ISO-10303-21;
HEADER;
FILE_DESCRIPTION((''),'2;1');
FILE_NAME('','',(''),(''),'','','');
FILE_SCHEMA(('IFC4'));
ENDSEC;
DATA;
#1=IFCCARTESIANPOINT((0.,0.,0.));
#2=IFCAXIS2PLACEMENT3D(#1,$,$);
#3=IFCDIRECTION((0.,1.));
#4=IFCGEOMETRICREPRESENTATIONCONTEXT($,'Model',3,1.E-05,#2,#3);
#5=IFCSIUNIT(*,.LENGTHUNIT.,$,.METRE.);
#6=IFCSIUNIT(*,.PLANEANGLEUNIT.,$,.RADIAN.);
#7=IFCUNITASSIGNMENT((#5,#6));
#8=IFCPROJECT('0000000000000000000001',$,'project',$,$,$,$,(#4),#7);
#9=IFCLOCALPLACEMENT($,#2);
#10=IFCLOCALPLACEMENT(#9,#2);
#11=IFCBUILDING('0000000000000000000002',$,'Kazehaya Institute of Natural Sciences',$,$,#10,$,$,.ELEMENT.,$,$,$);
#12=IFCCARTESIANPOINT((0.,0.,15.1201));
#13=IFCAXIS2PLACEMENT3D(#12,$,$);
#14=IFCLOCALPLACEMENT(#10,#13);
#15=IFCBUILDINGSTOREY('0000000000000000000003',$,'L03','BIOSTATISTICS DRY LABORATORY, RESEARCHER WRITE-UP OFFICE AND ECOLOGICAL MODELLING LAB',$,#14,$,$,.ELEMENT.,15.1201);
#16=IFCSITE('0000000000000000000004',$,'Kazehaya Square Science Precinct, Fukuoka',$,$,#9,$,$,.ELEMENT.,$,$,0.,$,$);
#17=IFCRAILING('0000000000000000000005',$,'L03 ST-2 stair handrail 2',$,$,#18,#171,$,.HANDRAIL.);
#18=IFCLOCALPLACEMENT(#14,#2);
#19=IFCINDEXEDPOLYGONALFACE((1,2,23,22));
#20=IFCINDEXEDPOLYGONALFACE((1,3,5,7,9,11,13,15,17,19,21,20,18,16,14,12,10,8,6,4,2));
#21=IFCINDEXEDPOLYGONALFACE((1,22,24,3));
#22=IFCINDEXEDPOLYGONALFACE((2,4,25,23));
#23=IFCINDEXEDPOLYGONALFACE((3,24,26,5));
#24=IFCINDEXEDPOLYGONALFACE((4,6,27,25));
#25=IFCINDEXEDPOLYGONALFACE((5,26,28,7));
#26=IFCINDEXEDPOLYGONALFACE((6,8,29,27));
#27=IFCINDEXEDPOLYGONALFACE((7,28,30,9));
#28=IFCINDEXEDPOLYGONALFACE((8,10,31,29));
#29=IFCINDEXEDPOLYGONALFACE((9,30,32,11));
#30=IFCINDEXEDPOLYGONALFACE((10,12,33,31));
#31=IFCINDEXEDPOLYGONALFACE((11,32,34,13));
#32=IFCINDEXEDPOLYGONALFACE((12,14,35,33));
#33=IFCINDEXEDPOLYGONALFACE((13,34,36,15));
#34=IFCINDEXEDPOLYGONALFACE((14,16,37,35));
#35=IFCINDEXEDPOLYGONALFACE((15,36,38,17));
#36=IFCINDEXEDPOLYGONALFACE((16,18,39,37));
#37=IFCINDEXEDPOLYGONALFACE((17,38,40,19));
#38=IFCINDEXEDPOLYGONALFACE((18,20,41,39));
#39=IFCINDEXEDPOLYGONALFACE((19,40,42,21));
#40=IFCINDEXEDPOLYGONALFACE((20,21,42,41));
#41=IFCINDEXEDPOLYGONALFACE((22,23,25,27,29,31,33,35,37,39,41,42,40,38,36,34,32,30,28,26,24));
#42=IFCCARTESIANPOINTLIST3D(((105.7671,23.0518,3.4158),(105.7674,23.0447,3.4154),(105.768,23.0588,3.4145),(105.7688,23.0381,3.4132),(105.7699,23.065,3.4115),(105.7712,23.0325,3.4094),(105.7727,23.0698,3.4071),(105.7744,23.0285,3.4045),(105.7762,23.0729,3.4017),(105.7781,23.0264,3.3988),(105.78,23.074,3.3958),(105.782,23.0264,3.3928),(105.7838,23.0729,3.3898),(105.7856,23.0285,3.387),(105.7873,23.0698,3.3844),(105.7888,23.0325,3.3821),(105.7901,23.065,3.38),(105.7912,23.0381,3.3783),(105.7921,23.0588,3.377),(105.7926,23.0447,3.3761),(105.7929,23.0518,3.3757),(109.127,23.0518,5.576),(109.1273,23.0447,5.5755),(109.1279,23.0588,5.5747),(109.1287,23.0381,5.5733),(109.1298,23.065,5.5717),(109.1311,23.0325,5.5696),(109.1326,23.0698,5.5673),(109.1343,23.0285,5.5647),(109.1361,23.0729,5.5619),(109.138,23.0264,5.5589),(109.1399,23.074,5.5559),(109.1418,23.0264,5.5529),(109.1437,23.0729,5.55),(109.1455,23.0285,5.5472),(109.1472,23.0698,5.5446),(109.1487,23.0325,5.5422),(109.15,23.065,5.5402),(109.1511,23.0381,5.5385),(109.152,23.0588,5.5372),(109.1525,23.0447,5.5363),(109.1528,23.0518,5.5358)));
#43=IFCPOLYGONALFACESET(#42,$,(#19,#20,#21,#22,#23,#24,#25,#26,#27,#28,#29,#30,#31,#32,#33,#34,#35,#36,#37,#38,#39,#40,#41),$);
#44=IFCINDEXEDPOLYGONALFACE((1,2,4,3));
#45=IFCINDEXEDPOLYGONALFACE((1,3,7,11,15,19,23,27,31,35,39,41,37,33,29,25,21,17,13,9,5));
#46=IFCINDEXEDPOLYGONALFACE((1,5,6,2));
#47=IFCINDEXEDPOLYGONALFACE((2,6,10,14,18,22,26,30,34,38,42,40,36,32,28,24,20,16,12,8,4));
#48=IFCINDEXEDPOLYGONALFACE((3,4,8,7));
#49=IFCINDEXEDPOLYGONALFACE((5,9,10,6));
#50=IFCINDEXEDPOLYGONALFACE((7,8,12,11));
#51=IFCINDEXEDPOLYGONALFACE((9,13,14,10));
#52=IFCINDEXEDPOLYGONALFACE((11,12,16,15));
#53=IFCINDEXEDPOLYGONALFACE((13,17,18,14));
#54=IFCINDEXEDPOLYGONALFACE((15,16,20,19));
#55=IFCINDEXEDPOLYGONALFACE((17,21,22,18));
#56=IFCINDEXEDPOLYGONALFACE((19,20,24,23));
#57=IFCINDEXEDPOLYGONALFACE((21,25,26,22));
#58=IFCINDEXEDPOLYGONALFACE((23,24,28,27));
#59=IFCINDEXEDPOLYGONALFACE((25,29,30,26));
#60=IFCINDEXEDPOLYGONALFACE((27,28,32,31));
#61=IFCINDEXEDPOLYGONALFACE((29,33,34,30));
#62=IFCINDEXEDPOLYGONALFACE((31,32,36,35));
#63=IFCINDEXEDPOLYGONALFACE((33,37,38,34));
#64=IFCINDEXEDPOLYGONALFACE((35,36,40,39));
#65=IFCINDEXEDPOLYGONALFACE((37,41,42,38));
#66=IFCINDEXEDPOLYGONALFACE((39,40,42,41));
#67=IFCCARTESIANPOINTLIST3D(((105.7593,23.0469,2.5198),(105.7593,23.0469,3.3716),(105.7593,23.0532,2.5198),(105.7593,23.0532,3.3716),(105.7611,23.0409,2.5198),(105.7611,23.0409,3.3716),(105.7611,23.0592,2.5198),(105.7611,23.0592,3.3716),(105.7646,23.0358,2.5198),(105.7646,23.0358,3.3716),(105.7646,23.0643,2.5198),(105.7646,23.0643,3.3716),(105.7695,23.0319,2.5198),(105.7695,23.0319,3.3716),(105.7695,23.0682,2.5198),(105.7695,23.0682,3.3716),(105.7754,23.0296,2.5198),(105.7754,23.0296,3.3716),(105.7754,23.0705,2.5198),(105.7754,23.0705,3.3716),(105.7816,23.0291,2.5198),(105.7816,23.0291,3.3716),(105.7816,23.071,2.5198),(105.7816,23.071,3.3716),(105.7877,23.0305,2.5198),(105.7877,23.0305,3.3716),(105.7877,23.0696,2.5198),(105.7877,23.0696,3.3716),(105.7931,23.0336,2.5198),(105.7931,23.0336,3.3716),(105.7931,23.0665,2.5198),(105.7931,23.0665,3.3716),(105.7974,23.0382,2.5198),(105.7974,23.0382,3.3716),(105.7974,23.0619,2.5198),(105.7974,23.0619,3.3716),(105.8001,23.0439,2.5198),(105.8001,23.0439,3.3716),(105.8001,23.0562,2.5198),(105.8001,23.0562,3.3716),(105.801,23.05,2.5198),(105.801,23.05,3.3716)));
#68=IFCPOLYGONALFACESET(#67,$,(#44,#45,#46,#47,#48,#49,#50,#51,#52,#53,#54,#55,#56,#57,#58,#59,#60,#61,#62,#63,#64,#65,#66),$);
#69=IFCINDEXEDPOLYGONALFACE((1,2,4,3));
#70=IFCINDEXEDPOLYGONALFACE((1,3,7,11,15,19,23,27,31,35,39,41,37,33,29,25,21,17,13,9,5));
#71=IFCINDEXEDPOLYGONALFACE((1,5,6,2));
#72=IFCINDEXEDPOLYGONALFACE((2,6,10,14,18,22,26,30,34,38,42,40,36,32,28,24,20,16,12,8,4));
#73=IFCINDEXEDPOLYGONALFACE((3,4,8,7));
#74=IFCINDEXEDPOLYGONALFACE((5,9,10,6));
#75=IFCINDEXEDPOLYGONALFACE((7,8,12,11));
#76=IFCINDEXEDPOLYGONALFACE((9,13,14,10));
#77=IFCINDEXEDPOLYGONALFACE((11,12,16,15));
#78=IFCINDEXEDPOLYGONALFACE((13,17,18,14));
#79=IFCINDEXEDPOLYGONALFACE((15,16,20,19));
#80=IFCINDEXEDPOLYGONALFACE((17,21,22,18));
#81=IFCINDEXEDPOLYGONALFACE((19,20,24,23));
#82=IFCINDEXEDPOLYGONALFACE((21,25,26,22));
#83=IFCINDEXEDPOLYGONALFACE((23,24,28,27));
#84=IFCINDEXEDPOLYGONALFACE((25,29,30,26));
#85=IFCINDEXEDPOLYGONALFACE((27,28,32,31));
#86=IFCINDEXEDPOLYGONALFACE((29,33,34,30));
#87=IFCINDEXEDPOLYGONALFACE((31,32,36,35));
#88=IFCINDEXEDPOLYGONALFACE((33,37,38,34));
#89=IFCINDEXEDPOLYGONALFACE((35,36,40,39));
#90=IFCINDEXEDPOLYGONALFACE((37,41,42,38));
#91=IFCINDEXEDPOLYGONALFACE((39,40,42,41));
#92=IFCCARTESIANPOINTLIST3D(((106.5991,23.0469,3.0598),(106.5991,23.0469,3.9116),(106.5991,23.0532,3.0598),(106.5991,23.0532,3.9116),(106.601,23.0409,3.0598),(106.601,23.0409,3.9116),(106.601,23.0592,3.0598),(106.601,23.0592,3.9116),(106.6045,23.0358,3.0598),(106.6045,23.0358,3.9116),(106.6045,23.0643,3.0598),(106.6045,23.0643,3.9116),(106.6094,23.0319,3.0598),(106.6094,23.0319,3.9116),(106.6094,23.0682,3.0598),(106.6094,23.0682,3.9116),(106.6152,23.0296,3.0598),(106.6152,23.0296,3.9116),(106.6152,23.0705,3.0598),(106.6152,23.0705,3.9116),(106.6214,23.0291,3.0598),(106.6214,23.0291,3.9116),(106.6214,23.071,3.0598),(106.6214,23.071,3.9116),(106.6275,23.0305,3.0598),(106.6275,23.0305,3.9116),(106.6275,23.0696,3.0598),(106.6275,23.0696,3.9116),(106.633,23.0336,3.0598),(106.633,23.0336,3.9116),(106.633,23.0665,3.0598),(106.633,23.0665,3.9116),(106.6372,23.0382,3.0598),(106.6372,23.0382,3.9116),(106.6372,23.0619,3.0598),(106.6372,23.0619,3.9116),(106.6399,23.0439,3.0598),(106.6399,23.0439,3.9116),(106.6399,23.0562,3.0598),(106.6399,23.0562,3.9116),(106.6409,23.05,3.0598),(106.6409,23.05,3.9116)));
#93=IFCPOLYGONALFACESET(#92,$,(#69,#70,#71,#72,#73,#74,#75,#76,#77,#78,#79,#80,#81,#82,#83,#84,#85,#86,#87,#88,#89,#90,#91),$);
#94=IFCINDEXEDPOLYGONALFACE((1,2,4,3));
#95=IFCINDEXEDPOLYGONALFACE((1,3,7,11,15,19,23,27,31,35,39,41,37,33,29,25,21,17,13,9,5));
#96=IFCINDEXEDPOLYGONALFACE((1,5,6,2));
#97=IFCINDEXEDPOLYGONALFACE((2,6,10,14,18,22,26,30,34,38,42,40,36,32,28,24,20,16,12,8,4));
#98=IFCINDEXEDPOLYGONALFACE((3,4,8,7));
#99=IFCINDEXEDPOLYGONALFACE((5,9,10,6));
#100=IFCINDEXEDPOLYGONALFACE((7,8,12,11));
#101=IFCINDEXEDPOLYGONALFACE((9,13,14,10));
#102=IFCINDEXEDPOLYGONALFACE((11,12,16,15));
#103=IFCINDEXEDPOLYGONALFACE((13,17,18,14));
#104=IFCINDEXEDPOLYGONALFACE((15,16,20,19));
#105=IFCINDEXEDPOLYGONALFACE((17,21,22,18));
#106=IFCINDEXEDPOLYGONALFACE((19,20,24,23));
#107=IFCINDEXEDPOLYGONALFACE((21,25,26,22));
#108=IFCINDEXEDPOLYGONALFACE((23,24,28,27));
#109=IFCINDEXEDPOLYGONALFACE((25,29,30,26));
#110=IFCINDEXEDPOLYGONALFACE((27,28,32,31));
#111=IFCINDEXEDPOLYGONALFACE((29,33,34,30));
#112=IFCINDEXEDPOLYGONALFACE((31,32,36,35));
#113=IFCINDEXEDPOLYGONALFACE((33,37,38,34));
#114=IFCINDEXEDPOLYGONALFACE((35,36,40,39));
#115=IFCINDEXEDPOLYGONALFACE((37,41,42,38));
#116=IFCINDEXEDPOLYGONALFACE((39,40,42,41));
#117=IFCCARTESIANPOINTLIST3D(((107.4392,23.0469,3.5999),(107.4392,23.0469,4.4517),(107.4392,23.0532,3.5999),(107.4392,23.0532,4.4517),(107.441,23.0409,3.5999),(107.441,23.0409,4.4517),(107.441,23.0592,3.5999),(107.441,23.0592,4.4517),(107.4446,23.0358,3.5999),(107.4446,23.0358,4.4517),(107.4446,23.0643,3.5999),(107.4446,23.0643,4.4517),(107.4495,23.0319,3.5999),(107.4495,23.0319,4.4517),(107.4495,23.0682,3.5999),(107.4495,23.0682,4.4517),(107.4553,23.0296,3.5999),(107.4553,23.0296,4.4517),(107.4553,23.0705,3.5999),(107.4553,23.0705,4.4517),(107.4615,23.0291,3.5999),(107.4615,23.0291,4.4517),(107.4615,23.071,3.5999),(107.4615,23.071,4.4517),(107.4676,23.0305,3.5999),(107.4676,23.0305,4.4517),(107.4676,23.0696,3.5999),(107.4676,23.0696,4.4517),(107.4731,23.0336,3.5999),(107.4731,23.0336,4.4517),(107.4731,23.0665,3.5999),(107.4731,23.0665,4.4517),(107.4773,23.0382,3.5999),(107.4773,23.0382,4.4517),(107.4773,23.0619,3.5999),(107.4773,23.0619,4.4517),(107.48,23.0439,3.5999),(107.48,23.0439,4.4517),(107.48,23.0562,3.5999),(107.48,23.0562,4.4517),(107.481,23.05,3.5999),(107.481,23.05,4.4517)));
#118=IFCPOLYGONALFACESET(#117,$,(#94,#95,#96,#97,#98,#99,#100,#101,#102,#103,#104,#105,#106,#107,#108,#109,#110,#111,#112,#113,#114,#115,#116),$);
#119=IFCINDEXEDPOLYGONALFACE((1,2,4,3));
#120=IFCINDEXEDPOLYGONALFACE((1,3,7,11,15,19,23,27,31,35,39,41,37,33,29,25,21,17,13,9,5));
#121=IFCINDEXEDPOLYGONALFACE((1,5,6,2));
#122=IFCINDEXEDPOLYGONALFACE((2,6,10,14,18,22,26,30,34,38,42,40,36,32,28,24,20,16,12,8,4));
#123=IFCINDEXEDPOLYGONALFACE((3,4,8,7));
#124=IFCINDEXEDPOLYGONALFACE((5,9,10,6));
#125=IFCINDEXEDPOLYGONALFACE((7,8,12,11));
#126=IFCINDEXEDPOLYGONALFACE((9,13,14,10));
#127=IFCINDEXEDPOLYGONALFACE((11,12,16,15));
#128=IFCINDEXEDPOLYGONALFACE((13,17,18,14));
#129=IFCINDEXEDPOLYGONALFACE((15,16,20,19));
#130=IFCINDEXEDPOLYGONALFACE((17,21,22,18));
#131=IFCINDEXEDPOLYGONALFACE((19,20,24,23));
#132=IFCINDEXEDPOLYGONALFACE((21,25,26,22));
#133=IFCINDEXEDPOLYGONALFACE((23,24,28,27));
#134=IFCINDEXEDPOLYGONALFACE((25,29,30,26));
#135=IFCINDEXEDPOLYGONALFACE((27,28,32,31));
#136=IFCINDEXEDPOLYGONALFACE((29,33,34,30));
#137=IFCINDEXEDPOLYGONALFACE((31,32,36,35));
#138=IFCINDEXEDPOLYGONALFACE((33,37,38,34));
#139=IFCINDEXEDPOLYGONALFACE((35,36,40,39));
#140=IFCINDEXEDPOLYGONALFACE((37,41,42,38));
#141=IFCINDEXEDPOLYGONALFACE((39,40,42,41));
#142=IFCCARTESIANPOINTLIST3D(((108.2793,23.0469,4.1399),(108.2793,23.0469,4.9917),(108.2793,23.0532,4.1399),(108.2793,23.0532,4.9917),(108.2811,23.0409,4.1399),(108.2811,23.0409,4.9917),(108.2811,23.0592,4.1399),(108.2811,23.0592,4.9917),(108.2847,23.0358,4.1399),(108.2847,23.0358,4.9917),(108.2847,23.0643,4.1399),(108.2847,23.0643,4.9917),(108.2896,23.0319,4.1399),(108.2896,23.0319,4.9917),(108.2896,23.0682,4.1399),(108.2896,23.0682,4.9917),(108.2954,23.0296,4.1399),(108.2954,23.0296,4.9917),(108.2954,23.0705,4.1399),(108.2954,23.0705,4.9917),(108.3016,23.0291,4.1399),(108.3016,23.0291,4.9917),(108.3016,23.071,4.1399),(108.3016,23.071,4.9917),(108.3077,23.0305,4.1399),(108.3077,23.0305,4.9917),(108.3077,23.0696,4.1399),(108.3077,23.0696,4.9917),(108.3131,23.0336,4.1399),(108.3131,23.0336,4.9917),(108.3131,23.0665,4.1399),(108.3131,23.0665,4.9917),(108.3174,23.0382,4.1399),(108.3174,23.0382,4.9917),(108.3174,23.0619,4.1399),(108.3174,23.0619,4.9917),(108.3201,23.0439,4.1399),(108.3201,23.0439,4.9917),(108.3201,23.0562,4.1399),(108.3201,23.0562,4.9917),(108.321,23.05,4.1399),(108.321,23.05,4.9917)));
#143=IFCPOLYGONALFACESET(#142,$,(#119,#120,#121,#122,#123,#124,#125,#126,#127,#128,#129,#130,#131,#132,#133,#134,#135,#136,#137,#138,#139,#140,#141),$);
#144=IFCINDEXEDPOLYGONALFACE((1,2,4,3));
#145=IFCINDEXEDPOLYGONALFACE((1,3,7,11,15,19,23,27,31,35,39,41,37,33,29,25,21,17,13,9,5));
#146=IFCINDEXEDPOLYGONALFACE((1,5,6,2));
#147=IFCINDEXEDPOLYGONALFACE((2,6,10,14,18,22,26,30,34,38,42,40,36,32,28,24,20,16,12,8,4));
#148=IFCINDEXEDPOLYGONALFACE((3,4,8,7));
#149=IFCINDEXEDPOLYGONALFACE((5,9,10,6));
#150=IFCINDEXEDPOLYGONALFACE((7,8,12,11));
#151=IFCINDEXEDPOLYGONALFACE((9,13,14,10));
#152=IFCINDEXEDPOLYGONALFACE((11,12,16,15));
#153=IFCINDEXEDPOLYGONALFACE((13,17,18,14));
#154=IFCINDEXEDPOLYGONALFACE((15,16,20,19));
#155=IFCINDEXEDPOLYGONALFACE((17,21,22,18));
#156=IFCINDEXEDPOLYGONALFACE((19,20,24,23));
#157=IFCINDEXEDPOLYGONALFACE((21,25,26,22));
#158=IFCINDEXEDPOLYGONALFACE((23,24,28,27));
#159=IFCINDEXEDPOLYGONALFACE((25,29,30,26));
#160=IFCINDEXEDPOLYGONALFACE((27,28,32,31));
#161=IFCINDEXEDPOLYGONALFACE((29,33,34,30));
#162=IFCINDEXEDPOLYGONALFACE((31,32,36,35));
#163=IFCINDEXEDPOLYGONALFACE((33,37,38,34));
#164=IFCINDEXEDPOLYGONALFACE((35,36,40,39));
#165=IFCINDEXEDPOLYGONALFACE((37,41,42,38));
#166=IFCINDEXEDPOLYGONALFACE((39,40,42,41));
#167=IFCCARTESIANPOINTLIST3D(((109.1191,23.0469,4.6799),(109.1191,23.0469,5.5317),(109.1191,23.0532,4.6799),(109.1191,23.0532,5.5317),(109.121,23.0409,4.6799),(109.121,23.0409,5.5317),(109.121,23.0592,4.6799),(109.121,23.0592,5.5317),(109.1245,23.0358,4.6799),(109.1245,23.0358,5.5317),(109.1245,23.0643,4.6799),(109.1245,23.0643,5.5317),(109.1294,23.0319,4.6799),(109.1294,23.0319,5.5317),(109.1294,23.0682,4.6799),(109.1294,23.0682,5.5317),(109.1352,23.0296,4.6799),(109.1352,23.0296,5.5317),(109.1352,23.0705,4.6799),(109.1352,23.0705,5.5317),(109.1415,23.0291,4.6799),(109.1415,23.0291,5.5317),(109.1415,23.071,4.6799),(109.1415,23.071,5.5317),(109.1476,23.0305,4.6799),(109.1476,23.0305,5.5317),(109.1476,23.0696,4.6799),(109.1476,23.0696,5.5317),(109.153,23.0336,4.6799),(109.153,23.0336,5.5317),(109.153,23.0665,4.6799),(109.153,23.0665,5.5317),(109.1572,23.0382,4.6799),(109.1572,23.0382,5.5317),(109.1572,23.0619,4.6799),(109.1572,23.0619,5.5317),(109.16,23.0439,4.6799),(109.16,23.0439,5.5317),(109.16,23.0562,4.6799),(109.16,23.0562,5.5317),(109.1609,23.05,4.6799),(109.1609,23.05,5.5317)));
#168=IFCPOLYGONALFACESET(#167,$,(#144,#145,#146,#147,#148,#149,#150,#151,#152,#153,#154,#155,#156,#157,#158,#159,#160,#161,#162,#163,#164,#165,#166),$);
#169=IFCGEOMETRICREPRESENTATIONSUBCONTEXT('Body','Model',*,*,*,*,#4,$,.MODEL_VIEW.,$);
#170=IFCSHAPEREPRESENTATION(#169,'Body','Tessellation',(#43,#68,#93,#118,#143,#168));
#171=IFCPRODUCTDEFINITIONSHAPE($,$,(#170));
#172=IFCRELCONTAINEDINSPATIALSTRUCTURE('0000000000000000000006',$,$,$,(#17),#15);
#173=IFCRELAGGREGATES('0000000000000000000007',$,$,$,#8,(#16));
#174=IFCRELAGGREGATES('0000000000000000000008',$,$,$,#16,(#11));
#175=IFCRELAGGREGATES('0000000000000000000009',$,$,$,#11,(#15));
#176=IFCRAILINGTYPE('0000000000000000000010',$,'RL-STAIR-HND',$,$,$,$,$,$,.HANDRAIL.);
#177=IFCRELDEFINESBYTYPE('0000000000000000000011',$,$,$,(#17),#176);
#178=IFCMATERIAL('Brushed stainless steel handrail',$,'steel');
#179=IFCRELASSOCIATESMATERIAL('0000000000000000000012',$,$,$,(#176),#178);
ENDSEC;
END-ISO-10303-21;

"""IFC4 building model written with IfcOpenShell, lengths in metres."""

from ifc_helpers import new_model, si_unit, direction, frame, origin, origin_2d, place, context, subcontext, project, spatial, circle, extrude, material, type_object, element, save


model = new_model("IFC4")

# Units and contexts
model_context = context("Model", 3, precision=1e-05, world=origin(), true_north=direction((0.0, 1.0)))
body_context = subcontext(model_context, "Body", "Model", "MODEL_VIEW")
ifc_project = project(units=[si_unit("LENGTHUNIT", "METRE"), si_unit("PLANEANGLEUNIT", "RADIAN")], contexts=[model_context])

# Site, building, storey
site_placement = place(None, origin())
site = spatial("IfcSite", under=ifc_project, at=site_placement, Name="Kazehaya Square Science Precinct, Fukuoka", CompositionType="ELEMENT", RefElevation=0.0)
building_placement = place(site_placement, origin())
building = spatial("IfcBuilding", under=site, at=building_placement, Name="Kazehaya Institute of Natural Sciences", CompositionType="ELEMENT")
storey_placement = place(building_placement, frame((0.0, 0.0, 15.1201)))
storey = spatial("IfcBuildingStorey", under=building, at=storey_placement, Name="L03", Description="BIOSTATISTICS DRY LABORATORY, RESEARCHER WRITE-UP OFFICE AND ECOLOGICAL MODELLING LAB", CompositionType="ELEMENT", Elevation=15.1201)

# Railing
ifc_material_1 = material(Name="Brushed stainless steel handrail", Category="steel")
railing_type_1 = type_object("IfcRailingType", Name="RL-STAIR-HND", PredefinedType="HANDRAIL", material=ifc_material_1)
railing_1_placement = place(storey_placement, frame((105.78, 23.05, 2.5198)))
element("IfcRailing", 1, at=railing_1_placement, inside=storey, type_object=railing_type_1, Name="L03 ST-2 stair handrail 2", PredefinedType="HANDRAIL", context=body_context, shape_type="SweptSolid", body=[
    extrude(circle(Radius=0.0239, at=origin_2d()), frame((0.0, 0.0, 0.876), z_axis=(0.841151, 0.0, 0.540801), x_axis=(0.0, 1.0, 0.0)), (0.0, 0.0, 1.0), 3.9944),
    extrude(circle(Radius=0.021, at=origin_2d()), origin(), (0.0, 0.0, 1.0), 0.8518),
    extrude(circle(Radius=0.021, at=origin_2d()), frame((0.8398, 0.0, 0.54)), (0.0, 0.0, 1.0), 0.8518),
    extrude(circle(Radius=0.021, at=origin_2d()), frame((1.6799, 0.0, 1.0801)), (0.0, 0.0, 1.0), 0.8518),
    extrude(circle(Radius=0.021, at=origin_2d()), frame((2.52, 0.0, 1.6201)), (0.0, 0.0, 1.0), 0.8518),
    extrude(circle(Radius=0.021, at=origin_2d()), frame((3.3599, 0.0, 2.1602)), (0.0, 0.0, 1.0), 0.8518),
])

save(model, "model.ifc")
